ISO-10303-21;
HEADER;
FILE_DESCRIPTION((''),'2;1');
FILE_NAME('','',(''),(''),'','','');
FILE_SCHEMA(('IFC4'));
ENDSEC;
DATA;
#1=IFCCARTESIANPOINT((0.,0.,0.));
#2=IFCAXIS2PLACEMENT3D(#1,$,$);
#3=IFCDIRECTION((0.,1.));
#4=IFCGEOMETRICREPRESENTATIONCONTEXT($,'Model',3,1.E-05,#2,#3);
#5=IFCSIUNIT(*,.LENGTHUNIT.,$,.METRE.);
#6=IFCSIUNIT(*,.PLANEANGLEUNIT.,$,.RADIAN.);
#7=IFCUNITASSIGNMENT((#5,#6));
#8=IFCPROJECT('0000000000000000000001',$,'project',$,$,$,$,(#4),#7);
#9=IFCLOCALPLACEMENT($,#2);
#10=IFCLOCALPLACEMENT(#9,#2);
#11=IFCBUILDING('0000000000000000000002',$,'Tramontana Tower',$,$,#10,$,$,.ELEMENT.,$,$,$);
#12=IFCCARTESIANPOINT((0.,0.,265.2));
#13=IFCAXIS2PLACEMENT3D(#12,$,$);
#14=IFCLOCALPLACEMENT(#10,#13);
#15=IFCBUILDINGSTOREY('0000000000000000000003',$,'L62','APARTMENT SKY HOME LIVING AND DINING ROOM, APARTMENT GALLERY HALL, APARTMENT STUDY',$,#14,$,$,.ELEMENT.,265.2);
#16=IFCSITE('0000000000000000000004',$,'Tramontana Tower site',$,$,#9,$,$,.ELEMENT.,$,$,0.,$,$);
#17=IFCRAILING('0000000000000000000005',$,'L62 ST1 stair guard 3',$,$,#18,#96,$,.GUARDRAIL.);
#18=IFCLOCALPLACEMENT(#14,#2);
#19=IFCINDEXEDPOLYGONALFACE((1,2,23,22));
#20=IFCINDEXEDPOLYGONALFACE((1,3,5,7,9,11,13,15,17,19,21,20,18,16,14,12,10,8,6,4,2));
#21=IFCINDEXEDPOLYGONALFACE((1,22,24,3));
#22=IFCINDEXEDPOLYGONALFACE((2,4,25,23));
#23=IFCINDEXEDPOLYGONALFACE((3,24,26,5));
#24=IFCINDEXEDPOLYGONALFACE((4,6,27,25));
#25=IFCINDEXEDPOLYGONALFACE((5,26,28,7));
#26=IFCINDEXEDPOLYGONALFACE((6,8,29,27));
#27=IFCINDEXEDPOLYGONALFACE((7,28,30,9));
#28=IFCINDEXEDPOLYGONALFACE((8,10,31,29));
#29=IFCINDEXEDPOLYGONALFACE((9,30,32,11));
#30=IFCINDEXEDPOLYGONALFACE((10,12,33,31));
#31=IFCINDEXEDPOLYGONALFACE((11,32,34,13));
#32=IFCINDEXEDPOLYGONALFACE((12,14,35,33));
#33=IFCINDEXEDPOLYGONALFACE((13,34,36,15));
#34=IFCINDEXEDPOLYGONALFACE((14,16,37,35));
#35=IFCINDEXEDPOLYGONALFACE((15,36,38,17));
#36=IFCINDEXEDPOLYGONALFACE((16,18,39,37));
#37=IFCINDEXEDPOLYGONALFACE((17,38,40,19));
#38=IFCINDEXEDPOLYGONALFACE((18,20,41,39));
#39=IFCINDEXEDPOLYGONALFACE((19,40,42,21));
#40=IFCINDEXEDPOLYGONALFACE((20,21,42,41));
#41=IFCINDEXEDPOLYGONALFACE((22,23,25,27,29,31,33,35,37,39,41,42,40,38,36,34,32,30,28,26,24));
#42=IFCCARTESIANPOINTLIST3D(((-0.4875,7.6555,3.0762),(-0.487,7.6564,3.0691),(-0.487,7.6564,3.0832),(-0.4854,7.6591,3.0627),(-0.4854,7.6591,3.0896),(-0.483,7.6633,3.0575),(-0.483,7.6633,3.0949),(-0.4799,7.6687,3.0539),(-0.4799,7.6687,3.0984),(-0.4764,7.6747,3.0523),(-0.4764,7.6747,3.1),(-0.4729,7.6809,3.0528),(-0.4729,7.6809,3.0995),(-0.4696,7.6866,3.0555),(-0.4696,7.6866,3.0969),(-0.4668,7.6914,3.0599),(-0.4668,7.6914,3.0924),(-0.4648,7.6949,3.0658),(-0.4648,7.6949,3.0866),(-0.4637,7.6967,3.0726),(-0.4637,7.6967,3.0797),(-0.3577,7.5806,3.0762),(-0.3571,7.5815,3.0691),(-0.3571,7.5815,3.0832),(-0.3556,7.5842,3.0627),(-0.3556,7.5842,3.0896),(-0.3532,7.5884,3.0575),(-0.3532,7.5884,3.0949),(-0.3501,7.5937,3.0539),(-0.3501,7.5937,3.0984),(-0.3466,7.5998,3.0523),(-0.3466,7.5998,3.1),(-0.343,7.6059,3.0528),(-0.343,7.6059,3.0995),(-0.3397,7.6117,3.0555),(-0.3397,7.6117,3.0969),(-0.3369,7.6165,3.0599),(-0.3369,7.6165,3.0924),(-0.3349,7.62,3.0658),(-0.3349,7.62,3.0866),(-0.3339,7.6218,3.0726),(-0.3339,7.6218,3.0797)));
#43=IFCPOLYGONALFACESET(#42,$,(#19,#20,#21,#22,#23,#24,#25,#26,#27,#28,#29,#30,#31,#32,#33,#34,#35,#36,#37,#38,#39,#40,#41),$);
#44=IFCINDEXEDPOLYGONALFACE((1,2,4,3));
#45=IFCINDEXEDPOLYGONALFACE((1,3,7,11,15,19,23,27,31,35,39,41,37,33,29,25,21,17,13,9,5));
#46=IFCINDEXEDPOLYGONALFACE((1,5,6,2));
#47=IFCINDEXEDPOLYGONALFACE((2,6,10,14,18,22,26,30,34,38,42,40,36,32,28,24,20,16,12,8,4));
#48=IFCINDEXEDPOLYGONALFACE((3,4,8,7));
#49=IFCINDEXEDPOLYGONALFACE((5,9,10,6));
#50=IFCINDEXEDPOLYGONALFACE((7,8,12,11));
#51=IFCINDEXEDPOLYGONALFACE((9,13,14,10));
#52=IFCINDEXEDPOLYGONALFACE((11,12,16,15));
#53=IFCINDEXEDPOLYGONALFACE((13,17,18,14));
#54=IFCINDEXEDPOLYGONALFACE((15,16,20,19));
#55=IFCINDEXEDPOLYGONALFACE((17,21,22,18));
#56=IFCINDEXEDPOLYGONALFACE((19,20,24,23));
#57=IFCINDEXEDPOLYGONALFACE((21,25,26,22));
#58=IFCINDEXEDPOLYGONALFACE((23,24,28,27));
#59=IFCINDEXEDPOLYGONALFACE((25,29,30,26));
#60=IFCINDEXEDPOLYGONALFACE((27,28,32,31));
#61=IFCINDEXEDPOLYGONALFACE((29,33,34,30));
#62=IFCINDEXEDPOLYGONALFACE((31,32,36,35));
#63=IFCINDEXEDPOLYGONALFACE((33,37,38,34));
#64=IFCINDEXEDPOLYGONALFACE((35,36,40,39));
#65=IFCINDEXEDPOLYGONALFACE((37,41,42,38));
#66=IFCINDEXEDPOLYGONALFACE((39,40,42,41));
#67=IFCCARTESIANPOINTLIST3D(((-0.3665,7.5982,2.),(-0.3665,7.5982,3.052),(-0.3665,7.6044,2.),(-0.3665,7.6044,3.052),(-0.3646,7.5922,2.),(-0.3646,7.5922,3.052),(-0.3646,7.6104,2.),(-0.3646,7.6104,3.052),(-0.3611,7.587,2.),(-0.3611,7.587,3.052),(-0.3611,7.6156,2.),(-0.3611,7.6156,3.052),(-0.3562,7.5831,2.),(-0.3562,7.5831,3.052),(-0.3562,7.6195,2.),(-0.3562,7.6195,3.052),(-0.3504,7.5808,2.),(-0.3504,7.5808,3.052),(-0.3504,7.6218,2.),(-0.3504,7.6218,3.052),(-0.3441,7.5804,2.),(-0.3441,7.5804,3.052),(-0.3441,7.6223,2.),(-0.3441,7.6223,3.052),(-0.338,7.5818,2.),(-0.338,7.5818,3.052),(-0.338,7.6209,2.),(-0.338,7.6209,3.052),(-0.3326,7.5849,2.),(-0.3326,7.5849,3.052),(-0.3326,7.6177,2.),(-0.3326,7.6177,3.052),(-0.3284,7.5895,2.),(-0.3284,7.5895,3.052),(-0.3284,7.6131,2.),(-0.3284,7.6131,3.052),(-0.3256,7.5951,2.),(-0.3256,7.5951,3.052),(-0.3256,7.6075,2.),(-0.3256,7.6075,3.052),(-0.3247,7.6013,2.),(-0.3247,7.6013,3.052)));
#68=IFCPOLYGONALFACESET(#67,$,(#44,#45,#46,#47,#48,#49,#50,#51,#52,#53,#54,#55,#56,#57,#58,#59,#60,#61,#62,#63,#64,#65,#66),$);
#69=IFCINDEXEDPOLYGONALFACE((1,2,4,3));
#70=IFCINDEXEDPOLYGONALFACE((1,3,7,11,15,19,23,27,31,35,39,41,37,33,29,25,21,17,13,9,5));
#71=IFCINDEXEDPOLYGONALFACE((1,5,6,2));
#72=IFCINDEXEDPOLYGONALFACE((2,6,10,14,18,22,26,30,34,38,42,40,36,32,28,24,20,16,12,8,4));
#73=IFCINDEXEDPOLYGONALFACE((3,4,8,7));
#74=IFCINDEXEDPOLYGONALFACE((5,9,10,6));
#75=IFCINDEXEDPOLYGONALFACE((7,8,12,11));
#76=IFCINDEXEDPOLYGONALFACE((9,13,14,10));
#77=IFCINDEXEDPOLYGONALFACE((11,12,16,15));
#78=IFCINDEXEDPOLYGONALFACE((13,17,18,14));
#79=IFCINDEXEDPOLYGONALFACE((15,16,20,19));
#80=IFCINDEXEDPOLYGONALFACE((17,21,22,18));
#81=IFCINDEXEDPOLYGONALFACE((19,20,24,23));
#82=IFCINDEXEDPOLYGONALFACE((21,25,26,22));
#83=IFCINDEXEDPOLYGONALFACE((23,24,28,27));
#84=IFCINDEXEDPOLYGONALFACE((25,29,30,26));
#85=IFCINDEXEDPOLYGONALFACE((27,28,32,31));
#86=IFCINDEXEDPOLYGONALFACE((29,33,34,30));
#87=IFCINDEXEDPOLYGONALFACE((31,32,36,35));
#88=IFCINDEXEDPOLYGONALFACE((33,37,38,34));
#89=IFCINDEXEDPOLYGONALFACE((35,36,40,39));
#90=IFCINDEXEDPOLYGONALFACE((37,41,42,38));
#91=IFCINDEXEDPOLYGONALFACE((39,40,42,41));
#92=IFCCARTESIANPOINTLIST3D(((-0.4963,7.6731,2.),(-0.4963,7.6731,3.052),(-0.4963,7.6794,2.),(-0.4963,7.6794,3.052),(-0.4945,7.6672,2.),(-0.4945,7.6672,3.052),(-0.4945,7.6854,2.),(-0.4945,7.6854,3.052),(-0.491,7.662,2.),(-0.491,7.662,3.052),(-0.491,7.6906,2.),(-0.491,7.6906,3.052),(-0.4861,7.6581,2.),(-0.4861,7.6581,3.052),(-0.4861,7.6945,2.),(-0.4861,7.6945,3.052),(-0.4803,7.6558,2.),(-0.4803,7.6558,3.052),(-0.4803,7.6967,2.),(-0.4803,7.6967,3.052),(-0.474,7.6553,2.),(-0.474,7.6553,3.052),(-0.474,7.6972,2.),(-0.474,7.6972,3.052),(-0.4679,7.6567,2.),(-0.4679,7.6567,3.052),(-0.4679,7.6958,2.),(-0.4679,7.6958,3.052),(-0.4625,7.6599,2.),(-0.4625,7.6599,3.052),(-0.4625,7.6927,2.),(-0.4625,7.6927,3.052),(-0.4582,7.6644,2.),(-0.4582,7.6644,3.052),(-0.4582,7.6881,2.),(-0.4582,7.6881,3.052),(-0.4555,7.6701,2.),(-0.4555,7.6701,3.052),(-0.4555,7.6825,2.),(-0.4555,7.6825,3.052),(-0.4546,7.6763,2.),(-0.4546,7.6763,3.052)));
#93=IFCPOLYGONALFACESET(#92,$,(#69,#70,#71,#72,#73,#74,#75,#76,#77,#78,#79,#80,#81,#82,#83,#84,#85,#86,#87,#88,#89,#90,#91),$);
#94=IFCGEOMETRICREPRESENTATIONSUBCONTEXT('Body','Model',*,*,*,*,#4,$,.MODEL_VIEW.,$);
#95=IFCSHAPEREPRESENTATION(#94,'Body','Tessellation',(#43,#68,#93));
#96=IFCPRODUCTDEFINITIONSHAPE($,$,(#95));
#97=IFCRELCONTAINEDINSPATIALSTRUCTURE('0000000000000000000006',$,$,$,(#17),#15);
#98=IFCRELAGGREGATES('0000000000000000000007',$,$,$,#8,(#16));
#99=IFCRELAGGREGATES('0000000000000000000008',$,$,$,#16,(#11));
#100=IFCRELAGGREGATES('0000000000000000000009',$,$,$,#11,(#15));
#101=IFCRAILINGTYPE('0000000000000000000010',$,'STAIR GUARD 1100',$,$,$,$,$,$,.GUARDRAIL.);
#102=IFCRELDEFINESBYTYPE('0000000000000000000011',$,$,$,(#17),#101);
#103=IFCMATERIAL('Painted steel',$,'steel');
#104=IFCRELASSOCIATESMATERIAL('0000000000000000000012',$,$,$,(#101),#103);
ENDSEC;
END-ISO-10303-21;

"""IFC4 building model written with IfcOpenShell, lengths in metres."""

from ifc_helpers import new_model, si_unit, direction, frame, origin, origin_2d, place, context, subcontext, project, spatial, circle, extrude, material, type_object, element, save


model = new_model("IFC4")

# Units and contexts
model_context = context("Model", 3, precision=1e-05, world=origin(), true_north=direction((0.0, 1.0)))
body_context = subcontext(model_context, "Body", "Model", "MODEL_VIEW")
ifc_project = project(units=[si_unit("LENGTHUNIT", "METRE"), si_unit("PLANEANGLEUNIT", "RADIAN")], contexts=[model_context])

# Site, building, storey
site_placement = place(None, origin())
site = spatial("IfcSite", under=ifc_project, at=site_placement, Name="Tramontana Tower site", CompositionType="ELEMENT", RefElevation=0.0)
building_placement = place(site_placement, origin())
building = spatial("IfcBuilding", under=site, at=building_placement, Name="Tramontana Tower", CompositionType="ELEMENT")
storey_placement = place(building_placement, frame((0.0, 0.0, 265.2)))
storey = spatial("IfcBuildingStorey", under=building, at=storey_placement, Name="L62", Description="APARTMENT SKY HOME LIVING AND DINING ROOM, APARTMENT GALLERY HALL, APARTMENT STUDY", CompositionType="ELEMENT", Elevation=265.2)

# Railing
ifc_material_1 = material(Name="Painted steel", Category="steel")
railing_type_1 = type_object("IfcRailingType", Name="STAIR GUARD 1100", PredefinedType="GUARDRAIL", material=ifc_material_1)
railing_1_placement = place(storey_placement, frame((-0.3457, 7.6013, 2.0)))
element("IfcRailing", 1, at=railing_1_placement, inside=storey, type_object=railing_type_1, Name="L62 ST1 stair guard 3", PredefinedType="GUARDRAIL", context=body_context, shape_type="SweptSolid", body=[
    extrude(circle(Radius=0.0239, at=origin_2d()), frame((0.0, 0.0, 1.0762), z_axis=(-0.866131, 0.499816, 0.0), x_axis=(-0.499816, -0.866131, 0.0)), (0.0, 0.0, 1.0), 0.1499),
    extrude(circle(Radius=0.021, at=origin_2d()), origin(), (0.0, 0.0, 1.0), 1.052),
    extrude(circle(Radius=0.021, at=origin_2d()), frame((-0.1299, 0.075, 0.0)), (0.0, 0.0, 1.0), 1.052),
])

save(model, "model.ifc")
